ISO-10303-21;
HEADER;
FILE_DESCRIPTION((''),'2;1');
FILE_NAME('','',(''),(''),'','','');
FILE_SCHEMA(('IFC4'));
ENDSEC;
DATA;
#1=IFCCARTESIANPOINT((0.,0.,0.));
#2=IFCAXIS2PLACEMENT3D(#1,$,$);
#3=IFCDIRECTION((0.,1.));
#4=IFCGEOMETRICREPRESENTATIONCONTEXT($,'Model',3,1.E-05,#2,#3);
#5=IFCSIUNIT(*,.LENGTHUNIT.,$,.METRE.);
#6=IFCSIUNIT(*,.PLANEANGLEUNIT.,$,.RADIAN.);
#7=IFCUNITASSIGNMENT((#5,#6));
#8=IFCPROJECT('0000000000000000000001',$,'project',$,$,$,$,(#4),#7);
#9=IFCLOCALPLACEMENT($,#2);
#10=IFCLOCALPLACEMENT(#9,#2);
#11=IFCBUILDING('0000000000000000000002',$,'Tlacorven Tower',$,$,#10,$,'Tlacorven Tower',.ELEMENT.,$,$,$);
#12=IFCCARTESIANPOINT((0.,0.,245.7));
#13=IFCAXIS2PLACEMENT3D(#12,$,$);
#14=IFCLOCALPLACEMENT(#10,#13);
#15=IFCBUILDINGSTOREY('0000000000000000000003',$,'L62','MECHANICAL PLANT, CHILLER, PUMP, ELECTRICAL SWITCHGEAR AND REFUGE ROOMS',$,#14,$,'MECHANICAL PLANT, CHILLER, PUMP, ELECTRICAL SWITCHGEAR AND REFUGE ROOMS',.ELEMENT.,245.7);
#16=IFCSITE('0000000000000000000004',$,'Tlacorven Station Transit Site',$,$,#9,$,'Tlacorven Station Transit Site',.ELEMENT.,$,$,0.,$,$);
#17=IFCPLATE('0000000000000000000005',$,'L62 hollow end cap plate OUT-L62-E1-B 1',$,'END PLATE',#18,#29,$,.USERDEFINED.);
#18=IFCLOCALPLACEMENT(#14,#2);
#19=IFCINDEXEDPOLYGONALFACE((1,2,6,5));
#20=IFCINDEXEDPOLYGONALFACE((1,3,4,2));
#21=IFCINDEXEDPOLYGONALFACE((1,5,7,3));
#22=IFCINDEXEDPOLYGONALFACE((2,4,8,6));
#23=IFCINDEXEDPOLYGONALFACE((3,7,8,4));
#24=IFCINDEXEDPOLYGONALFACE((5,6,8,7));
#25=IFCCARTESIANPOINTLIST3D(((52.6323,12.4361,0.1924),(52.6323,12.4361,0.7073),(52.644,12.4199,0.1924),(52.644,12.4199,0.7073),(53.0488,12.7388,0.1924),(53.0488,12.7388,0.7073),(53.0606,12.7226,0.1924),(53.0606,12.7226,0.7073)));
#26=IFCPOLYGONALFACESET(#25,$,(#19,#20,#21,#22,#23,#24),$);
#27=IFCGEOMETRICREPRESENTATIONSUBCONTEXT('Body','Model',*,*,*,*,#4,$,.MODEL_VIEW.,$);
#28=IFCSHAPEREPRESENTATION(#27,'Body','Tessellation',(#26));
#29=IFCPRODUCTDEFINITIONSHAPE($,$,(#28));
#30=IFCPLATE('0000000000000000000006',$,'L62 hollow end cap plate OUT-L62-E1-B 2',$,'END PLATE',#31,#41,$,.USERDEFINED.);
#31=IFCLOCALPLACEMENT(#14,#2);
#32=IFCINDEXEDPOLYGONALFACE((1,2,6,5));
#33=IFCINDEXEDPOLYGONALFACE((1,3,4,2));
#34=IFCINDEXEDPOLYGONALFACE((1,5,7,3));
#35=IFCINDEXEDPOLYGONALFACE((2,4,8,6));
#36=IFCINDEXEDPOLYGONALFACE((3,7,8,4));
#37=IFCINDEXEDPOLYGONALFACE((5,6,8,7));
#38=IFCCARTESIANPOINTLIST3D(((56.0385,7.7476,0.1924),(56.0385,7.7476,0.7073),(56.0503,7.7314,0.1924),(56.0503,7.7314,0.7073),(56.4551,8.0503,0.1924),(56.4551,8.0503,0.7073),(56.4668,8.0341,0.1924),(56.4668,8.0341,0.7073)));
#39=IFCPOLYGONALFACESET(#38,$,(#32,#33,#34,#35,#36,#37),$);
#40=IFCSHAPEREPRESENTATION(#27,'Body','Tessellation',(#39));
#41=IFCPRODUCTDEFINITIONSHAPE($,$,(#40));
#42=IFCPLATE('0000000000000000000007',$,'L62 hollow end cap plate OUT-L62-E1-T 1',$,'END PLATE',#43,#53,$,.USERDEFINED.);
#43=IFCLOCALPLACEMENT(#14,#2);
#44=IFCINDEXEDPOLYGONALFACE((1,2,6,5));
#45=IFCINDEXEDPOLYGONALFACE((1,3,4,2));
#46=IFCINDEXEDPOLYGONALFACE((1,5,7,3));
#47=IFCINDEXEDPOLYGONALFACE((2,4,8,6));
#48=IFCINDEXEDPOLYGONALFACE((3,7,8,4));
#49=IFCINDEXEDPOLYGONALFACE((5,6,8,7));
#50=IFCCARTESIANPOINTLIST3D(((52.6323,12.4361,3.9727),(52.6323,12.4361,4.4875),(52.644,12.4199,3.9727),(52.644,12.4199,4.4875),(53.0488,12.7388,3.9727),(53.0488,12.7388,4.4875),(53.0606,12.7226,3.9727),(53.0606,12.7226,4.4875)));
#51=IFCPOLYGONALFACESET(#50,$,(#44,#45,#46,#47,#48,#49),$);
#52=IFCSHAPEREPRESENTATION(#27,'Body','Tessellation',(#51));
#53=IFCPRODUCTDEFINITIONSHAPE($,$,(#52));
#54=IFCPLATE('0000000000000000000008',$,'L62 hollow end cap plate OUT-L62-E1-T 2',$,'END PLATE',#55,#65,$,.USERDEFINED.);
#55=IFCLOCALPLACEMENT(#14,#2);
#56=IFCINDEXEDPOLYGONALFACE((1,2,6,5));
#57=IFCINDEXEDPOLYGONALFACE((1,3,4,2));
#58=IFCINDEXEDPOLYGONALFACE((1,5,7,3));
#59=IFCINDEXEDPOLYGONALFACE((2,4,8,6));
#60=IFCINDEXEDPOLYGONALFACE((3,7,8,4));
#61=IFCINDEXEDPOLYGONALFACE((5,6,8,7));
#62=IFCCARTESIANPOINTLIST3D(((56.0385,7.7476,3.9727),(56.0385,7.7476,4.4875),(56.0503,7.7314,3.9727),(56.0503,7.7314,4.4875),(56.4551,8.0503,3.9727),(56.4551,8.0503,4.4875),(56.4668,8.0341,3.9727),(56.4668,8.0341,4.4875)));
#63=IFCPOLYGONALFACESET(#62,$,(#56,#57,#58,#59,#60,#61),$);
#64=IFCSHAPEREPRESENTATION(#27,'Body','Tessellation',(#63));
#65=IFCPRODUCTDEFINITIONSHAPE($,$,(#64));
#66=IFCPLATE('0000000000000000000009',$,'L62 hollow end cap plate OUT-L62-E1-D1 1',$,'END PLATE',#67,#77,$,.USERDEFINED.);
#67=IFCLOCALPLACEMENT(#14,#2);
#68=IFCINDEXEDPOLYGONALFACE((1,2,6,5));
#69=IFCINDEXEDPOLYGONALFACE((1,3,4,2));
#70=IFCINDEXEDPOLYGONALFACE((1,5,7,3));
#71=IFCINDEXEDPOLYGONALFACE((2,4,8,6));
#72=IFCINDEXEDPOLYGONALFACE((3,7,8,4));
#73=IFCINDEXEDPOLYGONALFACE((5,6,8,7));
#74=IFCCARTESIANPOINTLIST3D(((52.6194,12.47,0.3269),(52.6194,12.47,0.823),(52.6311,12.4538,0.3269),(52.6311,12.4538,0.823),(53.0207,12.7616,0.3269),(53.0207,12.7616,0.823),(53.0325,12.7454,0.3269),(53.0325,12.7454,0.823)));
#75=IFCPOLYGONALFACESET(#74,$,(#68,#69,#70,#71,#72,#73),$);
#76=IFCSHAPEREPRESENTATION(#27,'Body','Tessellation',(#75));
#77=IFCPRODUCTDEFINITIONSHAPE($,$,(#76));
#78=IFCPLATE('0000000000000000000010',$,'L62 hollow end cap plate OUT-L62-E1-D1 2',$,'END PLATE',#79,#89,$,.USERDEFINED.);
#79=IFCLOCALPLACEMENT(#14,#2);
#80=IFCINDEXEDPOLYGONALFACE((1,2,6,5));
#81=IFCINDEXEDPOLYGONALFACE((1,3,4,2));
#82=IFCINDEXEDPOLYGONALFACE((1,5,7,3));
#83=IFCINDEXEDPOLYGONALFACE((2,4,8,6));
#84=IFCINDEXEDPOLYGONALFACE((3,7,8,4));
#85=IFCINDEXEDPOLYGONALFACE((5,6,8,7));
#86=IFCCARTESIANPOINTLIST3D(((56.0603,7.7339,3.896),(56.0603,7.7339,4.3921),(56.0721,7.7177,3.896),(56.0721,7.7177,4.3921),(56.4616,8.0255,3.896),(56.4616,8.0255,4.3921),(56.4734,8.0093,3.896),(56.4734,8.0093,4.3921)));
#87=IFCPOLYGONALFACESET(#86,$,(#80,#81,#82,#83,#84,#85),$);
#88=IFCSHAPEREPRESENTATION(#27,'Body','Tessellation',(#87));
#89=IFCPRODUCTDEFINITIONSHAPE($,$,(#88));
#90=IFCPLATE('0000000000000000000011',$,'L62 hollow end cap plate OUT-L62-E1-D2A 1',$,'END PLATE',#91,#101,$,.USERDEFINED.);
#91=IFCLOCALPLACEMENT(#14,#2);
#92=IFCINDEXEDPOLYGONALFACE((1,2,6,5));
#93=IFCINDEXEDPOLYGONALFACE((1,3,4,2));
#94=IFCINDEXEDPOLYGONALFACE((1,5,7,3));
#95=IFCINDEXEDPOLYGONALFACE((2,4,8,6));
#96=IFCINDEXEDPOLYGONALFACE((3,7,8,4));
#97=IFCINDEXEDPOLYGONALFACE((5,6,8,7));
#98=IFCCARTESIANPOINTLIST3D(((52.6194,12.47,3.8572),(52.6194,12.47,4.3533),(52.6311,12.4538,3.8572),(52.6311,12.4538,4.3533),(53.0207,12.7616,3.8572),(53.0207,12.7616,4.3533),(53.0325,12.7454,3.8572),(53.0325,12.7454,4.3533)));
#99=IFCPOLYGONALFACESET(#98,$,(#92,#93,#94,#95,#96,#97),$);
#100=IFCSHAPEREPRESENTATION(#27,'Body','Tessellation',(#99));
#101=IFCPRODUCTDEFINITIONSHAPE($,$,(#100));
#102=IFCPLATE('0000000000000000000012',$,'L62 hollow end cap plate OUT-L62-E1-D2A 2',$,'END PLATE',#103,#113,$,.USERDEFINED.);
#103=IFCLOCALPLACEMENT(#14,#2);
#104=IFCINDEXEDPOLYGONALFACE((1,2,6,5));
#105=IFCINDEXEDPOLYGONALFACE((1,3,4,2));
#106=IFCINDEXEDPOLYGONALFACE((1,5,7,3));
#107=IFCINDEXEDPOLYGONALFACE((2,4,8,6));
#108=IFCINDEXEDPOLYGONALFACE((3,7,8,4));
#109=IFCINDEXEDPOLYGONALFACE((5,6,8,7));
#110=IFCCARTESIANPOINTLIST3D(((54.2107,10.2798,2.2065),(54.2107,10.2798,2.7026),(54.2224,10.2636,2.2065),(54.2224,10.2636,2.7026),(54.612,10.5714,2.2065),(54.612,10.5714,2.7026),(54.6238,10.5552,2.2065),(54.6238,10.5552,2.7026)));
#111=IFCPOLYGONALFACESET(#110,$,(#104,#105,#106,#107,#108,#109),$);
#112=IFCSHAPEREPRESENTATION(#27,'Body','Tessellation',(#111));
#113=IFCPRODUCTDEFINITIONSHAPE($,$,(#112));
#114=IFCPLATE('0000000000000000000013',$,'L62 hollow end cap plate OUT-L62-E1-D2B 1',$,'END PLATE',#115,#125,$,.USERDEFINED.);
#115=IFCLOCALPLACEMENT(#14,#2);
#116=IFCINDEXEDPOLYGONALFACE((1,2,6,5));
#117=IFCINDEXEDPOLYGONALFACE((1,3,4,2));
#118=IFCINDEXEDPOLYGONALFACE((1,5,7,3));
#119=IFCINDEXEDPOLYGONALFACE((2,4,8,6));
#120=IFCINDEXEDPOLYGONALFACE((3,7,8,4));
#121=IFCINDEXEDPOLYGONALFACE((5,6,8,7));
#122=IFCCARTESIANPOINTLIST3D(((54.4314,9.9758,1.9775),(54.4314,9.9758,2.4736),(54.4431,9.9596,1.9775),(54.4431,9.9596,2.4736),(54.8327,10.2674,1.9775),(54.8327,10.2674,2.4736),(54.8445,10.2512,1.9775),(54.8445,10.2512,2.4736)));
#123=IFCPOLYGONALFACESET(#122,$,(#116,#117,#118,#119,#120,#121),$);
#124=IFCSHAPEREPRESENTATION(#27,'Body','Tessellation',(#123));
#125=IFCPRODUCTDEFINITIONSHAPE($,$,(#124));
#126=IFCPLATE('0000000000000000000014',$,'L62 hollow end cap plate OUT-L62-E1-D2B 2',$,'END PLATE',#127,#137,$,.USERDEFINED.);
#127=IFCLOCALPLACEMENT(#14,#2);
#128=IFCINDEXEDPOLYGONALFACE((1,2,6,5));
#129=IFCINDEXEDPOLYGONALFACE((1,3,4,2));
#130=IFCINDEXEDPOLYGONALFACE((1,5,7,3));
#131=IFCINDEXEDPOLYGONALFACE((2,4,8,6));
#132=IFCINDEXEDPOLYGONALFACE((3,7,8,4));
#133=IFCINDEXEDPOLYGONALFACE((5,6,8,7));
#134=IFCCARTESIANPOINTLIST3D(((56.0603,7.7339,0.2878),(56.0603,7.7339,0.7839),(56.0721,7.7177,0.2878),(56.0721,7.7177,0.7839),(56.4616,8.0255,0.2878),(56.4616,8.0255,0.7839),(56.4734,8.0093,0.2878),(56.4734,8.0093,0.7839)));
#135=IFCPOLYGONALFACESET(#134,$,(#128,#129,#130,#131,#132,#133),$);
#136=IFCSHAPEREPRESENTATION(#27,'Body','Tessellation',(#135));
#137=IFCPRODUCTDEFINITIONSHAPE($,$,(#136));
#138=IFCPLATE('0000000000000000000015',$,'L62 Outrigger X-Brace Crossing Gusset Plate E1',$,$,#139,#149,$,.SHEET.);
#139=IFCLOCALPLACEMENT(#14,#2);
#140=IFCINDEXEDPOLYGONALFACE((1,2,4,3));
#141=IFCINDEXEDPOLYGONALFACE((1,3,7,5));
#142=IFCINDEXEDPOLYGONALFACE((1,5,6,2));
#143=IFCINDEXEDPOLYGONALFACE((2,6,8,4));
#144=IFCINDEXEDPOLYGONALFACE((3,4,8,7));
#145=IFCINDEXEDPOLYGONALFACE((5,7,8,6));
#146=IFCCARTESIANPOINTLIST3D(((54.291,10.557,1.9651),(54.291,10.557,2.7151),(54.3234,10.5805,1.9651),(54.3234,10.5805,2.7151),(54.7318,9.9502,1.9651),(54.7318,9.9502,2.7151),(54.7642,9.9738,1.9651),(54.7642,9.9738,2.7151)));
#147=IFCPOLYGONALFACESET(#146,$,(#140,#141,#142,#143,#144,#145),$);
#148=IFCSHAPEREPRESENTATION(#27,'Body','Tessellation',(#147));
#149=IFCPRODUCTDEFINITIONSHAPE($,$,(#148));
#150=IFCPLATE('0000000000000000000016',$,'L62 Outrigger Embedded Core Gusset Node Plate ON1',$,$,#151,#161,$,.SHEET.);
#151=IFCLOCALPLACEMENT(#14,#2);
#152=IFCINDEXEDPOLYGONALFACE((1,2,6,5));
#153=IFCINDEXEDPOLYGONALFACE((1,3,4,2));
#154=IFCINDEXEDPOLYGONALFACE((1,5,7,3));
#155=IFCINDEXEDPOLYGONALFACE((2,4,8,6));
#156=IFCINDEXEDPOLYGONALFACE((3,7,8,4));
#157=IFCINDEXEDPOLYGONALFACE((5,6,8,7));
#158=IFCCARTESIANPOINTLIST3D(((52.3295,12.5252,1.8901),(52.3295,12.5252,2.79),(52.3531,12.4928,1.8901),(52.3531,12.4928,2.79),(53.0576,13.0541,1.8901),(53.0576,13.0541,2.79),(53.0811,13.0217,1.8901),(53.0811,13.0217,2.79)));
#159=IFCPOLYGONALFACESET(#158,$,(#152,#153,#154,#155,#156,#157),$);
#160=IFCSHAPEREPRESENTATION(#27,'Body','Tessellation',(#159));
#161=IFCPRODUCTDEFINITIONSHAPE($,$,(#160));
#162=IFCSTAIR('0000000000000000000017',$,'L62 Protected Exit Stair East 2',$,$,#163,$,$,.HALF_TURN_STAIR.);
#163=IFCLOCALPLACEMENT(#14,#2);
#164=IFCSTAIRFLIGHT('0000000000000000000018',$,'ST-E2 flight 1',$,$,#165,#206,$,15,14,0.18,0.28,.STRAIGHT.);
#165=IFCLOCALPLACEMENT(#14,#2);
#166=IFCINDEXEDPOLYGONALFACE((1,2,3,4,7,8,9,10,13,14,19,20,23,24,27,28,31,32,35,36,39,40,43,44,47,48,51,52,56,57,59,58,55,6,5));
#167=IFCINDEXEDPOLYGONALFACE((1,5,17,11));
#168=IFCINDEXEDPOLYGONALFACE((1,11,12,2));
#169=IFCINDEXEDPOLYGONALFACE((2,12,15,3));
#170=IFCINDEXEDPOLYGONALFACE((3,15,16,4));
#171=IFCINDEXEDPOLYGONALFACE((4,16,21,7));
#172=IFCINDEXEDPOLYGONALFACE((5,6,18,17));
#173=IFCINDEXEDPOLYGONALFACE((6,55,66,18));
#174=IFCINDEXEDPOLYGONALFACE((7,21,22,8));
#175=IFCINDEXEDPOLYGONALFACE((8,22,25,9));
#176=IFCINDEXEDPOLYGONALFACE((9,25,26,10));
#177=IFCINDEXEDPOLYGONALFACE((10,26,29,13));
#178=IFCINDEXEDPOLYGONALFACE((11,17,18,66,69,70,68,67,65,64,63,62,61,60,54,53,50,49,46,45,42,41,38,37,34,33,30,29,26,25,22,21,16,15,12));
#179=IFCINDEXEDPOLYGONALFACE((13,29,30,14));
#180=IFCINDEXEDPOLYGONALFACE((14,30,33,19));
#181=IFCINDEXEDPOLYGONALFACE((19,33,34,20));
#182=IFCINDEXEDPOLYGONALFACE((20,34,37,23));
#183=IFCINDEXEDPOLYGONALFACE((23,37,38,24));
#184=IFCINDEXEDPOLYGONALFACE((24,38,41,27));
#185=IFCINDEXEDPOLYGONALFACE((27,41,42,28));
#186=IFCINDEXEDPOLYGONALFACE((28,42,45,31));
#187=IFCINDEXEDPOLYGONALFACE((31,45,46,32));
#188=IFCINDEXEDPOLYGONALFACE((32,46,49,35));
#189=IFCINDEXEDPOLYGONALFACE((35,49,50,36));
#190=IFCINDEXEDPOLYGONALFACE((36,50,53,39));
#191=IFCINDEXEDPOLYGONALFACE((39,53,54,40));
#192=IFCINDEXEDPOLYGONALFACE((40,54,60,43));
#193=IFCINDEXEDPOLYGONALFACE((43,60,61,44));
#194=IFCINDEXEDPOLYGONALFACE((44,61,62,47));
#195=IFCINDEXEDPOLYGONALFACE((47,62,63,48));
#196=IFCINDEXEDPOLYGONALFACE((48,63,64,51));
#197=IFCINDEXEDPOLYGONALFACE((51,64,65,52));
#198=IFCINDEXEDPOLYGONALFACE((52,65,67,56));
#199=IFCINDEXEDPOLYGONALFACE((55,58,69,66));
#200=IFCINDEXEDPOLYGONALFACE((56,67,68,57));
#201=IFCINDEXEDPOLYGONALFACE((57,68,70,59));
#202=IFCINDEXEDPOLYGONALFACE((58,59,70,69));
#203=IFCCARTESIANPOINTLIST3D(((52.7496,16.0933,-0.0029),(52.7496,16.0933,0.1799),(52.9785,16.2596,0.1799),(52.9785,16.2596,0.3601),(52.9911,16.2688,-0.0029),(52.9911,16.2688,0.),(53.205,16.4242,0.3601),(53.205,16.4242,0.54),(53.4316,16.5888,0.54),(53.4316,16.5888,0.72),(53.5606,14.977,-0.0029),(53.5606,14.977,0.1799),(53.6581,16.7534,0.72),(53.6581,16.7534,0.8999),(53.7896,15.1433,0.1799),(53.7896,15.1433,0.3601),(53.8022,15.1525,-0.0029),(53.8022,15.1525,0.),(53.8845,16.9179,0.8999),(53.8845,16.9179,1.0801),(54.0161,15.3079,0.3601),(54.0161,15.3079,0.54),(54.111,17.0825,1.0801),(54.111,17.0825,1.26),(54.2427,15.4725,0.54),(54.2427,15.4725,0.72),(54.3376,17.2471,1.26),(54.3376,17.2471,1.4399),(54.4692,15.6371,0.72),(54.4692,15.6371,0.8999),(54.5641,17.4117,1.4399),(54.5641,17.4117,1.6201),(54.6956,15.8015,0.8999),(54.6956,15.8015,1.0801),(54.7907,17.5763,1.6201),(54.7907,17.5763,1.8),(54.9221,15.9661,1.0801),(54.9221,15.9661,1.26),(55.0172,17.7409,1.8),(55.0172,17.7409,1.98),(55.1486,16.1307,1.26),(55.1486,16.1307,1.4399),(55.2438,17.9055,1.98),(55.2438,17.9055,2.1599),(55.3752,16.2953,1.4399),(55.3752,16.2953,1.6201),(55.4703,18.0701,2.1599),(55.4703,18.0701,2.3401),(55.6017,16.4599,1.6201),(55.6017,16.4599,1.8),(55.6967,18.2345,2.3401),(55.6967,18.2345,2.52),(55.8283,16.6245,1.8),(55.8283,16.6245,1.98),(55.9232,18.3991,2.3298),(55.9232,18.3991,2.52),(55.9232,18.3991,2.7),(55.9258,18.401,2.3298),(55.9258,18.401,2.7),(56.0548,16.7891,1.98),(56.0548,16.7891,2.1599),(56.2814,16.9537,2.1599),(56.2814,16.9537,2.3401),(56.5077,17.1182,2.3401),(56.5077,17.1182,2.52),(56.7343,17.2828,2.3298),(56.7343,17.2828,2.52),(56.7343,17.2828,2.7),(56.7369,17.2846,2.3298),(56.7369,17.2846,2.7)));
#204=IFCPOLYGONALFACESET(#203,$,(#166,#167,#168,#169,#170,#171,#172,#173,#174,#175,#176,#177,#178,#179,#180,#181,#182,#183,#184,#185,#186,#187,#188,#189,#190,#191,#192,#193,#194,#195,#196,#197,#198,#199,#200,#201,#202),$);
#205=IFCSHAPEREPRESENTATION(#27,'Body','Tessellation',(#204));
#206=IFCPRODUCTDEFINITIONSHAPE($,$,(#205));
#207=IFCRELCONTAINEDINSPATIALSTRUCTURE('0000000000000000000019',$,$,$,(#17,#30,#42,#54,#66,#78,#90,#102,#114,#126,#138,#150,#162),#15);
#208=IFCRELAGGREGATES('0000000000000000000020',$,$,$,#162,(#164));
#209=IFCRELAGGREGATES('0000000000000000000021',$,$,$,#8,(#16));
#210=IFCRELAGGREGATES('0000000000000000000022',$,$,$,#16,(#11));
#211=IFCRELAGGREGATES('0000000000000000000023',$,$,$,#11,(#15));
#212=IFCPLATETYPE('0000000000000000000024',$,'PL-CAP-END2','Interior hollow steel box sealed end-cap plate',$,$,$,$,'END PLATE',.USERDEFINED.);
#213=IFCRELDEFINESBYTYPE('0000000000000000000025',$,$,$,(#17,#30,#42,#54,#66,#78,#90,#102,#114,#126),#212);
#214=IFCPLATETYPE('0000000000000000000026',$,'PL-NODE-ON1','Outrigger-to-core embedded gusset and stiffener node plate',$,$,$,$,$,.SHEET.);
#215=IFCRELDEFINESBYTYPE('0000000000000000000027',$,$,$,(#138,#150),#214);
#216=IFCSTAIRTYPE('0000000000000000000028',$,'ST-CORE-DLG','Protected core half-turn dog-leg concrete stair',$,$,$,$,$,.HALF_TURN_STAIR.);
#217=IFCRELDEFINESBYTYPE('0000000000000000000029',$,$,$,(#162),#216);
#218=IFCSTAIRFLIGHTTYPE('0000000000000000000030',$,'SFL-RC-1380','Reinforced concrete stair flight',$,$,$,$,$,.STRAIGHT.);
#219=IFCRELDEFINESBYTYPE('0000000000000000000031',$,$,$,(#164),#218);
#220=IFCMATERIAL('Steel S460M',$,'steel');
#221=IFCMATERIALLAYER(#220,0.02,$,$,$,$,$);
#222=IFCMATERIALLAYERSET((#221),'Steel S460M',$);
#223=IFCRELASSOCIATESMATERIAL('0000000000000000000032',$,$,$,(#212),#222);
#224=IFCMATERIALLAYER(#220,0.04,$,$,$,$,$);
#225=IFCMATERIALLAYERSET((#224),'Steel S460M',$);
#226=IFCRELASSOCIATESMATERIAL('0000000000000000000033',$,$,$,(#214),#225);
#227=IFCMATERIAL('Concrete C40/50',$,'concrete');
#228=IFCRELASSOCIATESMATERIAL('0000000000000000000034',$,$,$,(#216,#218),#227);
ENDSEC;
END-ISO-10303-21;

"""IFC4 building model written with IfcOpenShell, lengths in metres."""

from ifc_helpers import new_model, si_unit, direction, frame, origin, origin_2d, place, context, subcontext, project, spatial, polyline, rectangle, outline, extrude, source, transform, mapped, material, layer, layer_set, type_object, element, aggregate, save


model = new_model("IFC4")

# Units and contexts
model_context = context("Model", 3, precision=1e-05, world=origin(), true_north=direction((0.0, 1.0)))
body_context = subcontext(model_context, "Body", "Model", "MODEL_VIEW")
ifc_project = project(units=[si_unit("LENGTHUNIT", "METRE"), si_unit("PLANEANGLEUNIT", "RADIAN")], contexts=[model_context])

# Site, building, storey
site_placement = place(None, origin())
site = spatial("IfcSite", under=ifc_project, at=site_placement, Name="Tlacorven Station Transit Site", LongName="Tlacorven Station Transit Site", CompositionType="ELEMENT", RefElevation=0.0)
building_placement = place(site_placement, origin())
building = spatial("IfcBuilding", under=site, at=building_placement, Name="Tlacorven Tower", LongName="Tlacorven Tower", CompositionType="ELEMENT")
storey_placement = place(building_placement, frame((0.0, 0.0, 245.7)))
storey = spatial("IfcBuildingStorey", under=building, at=storey_placement, Name="L62", Description="MECHANICAL PLANT, CHILLER, PUMP, ELECTRICAL SWITCHGEAR AND REFUGE ROOMS", LongName="MECHANICAL PLANT, CHILLER, PUMP, ELECTRICAL SWITCHGEAR AND REFUGE ROOMS", CompositionType="ELEMENT", Elevation=245.7)

# Shared definitions
ifc_material_1 = material(Name="Steel S460M", Category="steel")

# Plates
ifc_layer_1 = layer(ifc_material_1, 0.02)
ifc_layer_set_1 = layer_set([ifc_layer_1], Name="Steel S460M")
plate_type_1 = type_object("IfcPlateType", Name="PL-CAP-END2", Description="Interior hollow steel box sealed end-cap plate", ElementType="END PLATE", PredefinedType="USERDEFINED", material=ifc_layer_set_1)
shared_shape_1 = source(origin(), body_context, "Body", "SweptSolid", [
    extrude(rectangle(XDim=0.02, YDim=0.5149, at=origin_2d()), origin(), (0.0, 0.0, 1.0), 0.5149),
])
for number, where, z_axis, x_axis, name in (
    (1, (52.8464, 12.5793, 0.1924), (0.0, 0.0, 1.0), (0.587785, -0.809017, 0.0), "L62 hollow end cap plate OUT-L62-E1-B 1"),
    (2, (56.2527, 7.8909, 0.1924), (0.0, 0.0, 1.0), (0.587785, -0.809017, 0.0), "L62 hollow end cap plate OUT-L62-E1-B 2"),
    (3, (52.8464, 12.5793, 3.9727), (0.0, 0.0, 1.0), (0.587785, -0.809017, 0.0), "L62 hollow end cap plate OUT-L62-E1-T 1"),
    (4, (56.2527, 7.8909, 3.9727), (0.0, 0.0, 1.0), (0.587785, -0.809017, 0.0), "L62 hollow end cap plate OUT-L62-E1-T 2"),
):
    element("IfcPlate", number, at=place(storey_placement, frame(where, z_axis=z_axis, x_axis=x_axis)), inside=storey, type_object=plate_type_1, Name=name, ObjectType="END PLATE", PredefinedType="USERDEFINED", context=body_context, shape_type="MappedRepresentation", body=[
        mapped(shared_shape_1, transform((0.0, 0.0, 0.0), scale=1.0)),
    ])
shared_shape_2 = source(origin(), body_context, "Body", "SweptSolid", [
    extrude(rectangle(XDim=0.02, YDim=0.4961, at=origin_2d()), origin(), (0.0, 0.0, 1.0), 0.4961),
])
for number, where, z_axis, x_axis, name in (
    (5, (52.8259, 12.6077, 0.3269), (0.0, 0.0, 1.0), (0.587785, -0.809017, 0.0), "L62 hollow end cap plate OUT-L62-E1-D1 1"),
    (6, (56.2668, 7.8716, 3.896), (0.0, 0.0, 1.0), (0.587785, -0.809017, 0.0), "L62 hollow end cap plate OUT-L62-E1-D1 2"),
    (7, (52.8259, 12.6077, 3.8572), (0.0, 0.0, 1.0), (0.587784, -0.809018, 0.0), "L62 hollow end cap plate OUT-L62-E1-D2A 1"),
    (8, (54.4172, 10.4175, 2.2065), (0.0, 0.0, 1.0), (0.587784, -0.809018, 0.0), "L62 hollow end cap plate OUT-L62-E1-D2A 2"),
    (9, (54.6379, 10.1135, 1.9775), (0.0, 0.0, 1.0), (0.587787, -0.809016, 0.0), "L62 hollow end cap plate OUT-L62-E1-D2B 1"),
    (10, (56.2668, 7.8716, 0.2878), (0.0, 0.0, 1.0), (0.587787, -0.809016, 0.0), "L62 hollow end cap plate OUT-L62-E1-D2B 2"),
):
    element("IfcPlate", number, at=place(storey_placement, frame(where, z_axis=z_axis, x_axis=x_axis)), inside=storey, type_object=plate_type_1, Name=name, ObjectType="END PLATE", PredefinedType="USERDEFINED", context=body_context, shape_type="MappedRepresentation", body=[
        mapped(shared_shape_2, transform((0.0, 0.0, 0.0), scale=1.0)),
    ])
ifc_layer_2 = layer(ifc_material_1, 0.04)
ifc_layer_set_2 = layer_set([ifc_layer_2], Name="Steel S460M")
plate_type_2 = type_object("IfcPlateType", Name="PL-NODE-ON1", Description="Outrigger-to-core embedded gusset and stiffener node plate", PredefinedType="SHEET", material=ifc_layer_set_2)
shared_shape_3 = source(origin(), body_context, "Body", "SweptSolid", [
    extrude(rectangle(XDim=0.75, YDim=0.04, at=origin_2d()), origin(), (0.0, 0.0, 1.0), 0.75),
])
plate_1_placement = place(storey_placement, frame((54.5276, 10.2654, 1.9651), z_axis=(0.0, 0.0, 1.0), x_axis=(-0.587785, 0.809017, 0.0)))
element("IfcPlate", 11, at=plate_1_placement, inside=storey, type_object=plate_type_2, Name="L62 Outrigger X-Brace Crossing Gusset Plate E1", PredefinedType="SHEET", context=body_context, shape_type="MappedRepresentation", body=[
    mapped(shared_shape_3, transform((0.0, 0.0, 0.0), scale=1.0)),
])
shared_shape_4 = source(origin(), body_context, "Body", "SweptSolid", [
    extrude(rectangle(XDim=0.8999, YDim=0.04, at=origin_2d()), origin(), (0.0, 0.0, 1.0), 0.8999),
])
plate_2_placement = place(storey_placement, frame((52.7053, 12.7734, 1.8901), z_axis=(0.0, 0.0, 1.0), x_axis=(0.809017, 0.587785, 0.0)))
element("IfcPlate", 12, at=plate_2_placement, inside=storey, type_object=plate_type_2, Name="L62 Outrigger Embedded Core Gusset Node Plate ON1", PredefinedType="SHEET", context=body_context, shape_type="MappedRepresentation", body=[
    mapped(shared_shape_4, transform((0.0, 0.0, 0.0), scale=1.0)),
])

# Stair, stair flight
ifc_material_2 = material(Name="Concrete C40/50", Category="concrete")
stair_type = type_object("IfcStairType", Name="ST-CORE-DLG", Description="Protected core half-turn dog-leg concrete stair", PredefinedType="HALF_TURN_STAIR", material=ifc_material_2)
stair_placement = place(storey_placement, origin())
stair = element("IfcStair", 13, at=stair_placement, inside=storey, type_object=stair_type, Name="L62 Protected Exit Stair East 2", PredefinedType="HALF_TURN_STAIR")
stair_flight_type = type_object("IfcStairFlightType", Name="SFL-RC-1380", Description="Reinforced concrete stair flight", PredefinedType="STRAIGHT", material=ifc_material_2)
shared_shape_5 = source(origin(), body_context, "Body", "SweptSolid", [
    extrude(outline(polyline([(-0.0029, -0.0029), (-0.0029, 0.1799), (0.28, 0.1799), (0.28, 0.3601), (0.5601, 0.3601), (0.5601, 0.54), (0.8401, 0.54), (0.8401, 0.72), (1.1201, 0.72), (1.1201, 0.8999), (1.3999, 0.8999), (1.3999, 1.0801), (1.6799, 1.0801), (1.6799, 1.26), (1.96, 1.26), (1.96, 1.4399), (2.24, 1.4399), (2.24, 1.6201), (2.52, 1.6201), (2.52, 1.8), (2.8, 1.8), (2.8, 1.98), (3.0801, 1.98), (3.0801, 2.1599), (3.3601, 2.1599), (3.3601, 2.3401), (3.6399, 2.3401), (3.6399, 2.52), (3.9199, 2.52), (3.9199, 2.7), (3.9231, 2.7), (3.9231, 2.3298), (3.9199, 2.3298), (0.2957, 0.0), (0.2957, -0.0029), (-0.0029, -0.0029)])), frame((0.0, 0.6899, 0.0), z_axis=(0.0, -1.0, 0.0), x_axis=(1.0, 0.0, 0.0)), (0.0, 0.0, 1.0), 1.3799),
])
stair_flight_placement = place(storey_placement, frame((53.1575, 15.5369, 0.0), z_axis=(0.0, 0.0, 1.0), x_axis=(0.809017, 0.587785, 0.0)))
stair_flight = element("IfcStairFlight", 14, at=stair_flight_placement, type_object=stair_flight_type, Name="ST-E2 flight 1", NumberOfRisers=15, NumberOfTreads=14, PredefinedType="STRAIGHT", RiserHeight=0.18, TreadLength=0.28, context=body_context, shape_type="MappedRepresentation", body=[
    mapped(shared_shape_5, transform((0.0, 0.0, 0.0), scale=1.0)),
])
aggregate(stair, [stair_flight])

save(model, "model.ifc")
